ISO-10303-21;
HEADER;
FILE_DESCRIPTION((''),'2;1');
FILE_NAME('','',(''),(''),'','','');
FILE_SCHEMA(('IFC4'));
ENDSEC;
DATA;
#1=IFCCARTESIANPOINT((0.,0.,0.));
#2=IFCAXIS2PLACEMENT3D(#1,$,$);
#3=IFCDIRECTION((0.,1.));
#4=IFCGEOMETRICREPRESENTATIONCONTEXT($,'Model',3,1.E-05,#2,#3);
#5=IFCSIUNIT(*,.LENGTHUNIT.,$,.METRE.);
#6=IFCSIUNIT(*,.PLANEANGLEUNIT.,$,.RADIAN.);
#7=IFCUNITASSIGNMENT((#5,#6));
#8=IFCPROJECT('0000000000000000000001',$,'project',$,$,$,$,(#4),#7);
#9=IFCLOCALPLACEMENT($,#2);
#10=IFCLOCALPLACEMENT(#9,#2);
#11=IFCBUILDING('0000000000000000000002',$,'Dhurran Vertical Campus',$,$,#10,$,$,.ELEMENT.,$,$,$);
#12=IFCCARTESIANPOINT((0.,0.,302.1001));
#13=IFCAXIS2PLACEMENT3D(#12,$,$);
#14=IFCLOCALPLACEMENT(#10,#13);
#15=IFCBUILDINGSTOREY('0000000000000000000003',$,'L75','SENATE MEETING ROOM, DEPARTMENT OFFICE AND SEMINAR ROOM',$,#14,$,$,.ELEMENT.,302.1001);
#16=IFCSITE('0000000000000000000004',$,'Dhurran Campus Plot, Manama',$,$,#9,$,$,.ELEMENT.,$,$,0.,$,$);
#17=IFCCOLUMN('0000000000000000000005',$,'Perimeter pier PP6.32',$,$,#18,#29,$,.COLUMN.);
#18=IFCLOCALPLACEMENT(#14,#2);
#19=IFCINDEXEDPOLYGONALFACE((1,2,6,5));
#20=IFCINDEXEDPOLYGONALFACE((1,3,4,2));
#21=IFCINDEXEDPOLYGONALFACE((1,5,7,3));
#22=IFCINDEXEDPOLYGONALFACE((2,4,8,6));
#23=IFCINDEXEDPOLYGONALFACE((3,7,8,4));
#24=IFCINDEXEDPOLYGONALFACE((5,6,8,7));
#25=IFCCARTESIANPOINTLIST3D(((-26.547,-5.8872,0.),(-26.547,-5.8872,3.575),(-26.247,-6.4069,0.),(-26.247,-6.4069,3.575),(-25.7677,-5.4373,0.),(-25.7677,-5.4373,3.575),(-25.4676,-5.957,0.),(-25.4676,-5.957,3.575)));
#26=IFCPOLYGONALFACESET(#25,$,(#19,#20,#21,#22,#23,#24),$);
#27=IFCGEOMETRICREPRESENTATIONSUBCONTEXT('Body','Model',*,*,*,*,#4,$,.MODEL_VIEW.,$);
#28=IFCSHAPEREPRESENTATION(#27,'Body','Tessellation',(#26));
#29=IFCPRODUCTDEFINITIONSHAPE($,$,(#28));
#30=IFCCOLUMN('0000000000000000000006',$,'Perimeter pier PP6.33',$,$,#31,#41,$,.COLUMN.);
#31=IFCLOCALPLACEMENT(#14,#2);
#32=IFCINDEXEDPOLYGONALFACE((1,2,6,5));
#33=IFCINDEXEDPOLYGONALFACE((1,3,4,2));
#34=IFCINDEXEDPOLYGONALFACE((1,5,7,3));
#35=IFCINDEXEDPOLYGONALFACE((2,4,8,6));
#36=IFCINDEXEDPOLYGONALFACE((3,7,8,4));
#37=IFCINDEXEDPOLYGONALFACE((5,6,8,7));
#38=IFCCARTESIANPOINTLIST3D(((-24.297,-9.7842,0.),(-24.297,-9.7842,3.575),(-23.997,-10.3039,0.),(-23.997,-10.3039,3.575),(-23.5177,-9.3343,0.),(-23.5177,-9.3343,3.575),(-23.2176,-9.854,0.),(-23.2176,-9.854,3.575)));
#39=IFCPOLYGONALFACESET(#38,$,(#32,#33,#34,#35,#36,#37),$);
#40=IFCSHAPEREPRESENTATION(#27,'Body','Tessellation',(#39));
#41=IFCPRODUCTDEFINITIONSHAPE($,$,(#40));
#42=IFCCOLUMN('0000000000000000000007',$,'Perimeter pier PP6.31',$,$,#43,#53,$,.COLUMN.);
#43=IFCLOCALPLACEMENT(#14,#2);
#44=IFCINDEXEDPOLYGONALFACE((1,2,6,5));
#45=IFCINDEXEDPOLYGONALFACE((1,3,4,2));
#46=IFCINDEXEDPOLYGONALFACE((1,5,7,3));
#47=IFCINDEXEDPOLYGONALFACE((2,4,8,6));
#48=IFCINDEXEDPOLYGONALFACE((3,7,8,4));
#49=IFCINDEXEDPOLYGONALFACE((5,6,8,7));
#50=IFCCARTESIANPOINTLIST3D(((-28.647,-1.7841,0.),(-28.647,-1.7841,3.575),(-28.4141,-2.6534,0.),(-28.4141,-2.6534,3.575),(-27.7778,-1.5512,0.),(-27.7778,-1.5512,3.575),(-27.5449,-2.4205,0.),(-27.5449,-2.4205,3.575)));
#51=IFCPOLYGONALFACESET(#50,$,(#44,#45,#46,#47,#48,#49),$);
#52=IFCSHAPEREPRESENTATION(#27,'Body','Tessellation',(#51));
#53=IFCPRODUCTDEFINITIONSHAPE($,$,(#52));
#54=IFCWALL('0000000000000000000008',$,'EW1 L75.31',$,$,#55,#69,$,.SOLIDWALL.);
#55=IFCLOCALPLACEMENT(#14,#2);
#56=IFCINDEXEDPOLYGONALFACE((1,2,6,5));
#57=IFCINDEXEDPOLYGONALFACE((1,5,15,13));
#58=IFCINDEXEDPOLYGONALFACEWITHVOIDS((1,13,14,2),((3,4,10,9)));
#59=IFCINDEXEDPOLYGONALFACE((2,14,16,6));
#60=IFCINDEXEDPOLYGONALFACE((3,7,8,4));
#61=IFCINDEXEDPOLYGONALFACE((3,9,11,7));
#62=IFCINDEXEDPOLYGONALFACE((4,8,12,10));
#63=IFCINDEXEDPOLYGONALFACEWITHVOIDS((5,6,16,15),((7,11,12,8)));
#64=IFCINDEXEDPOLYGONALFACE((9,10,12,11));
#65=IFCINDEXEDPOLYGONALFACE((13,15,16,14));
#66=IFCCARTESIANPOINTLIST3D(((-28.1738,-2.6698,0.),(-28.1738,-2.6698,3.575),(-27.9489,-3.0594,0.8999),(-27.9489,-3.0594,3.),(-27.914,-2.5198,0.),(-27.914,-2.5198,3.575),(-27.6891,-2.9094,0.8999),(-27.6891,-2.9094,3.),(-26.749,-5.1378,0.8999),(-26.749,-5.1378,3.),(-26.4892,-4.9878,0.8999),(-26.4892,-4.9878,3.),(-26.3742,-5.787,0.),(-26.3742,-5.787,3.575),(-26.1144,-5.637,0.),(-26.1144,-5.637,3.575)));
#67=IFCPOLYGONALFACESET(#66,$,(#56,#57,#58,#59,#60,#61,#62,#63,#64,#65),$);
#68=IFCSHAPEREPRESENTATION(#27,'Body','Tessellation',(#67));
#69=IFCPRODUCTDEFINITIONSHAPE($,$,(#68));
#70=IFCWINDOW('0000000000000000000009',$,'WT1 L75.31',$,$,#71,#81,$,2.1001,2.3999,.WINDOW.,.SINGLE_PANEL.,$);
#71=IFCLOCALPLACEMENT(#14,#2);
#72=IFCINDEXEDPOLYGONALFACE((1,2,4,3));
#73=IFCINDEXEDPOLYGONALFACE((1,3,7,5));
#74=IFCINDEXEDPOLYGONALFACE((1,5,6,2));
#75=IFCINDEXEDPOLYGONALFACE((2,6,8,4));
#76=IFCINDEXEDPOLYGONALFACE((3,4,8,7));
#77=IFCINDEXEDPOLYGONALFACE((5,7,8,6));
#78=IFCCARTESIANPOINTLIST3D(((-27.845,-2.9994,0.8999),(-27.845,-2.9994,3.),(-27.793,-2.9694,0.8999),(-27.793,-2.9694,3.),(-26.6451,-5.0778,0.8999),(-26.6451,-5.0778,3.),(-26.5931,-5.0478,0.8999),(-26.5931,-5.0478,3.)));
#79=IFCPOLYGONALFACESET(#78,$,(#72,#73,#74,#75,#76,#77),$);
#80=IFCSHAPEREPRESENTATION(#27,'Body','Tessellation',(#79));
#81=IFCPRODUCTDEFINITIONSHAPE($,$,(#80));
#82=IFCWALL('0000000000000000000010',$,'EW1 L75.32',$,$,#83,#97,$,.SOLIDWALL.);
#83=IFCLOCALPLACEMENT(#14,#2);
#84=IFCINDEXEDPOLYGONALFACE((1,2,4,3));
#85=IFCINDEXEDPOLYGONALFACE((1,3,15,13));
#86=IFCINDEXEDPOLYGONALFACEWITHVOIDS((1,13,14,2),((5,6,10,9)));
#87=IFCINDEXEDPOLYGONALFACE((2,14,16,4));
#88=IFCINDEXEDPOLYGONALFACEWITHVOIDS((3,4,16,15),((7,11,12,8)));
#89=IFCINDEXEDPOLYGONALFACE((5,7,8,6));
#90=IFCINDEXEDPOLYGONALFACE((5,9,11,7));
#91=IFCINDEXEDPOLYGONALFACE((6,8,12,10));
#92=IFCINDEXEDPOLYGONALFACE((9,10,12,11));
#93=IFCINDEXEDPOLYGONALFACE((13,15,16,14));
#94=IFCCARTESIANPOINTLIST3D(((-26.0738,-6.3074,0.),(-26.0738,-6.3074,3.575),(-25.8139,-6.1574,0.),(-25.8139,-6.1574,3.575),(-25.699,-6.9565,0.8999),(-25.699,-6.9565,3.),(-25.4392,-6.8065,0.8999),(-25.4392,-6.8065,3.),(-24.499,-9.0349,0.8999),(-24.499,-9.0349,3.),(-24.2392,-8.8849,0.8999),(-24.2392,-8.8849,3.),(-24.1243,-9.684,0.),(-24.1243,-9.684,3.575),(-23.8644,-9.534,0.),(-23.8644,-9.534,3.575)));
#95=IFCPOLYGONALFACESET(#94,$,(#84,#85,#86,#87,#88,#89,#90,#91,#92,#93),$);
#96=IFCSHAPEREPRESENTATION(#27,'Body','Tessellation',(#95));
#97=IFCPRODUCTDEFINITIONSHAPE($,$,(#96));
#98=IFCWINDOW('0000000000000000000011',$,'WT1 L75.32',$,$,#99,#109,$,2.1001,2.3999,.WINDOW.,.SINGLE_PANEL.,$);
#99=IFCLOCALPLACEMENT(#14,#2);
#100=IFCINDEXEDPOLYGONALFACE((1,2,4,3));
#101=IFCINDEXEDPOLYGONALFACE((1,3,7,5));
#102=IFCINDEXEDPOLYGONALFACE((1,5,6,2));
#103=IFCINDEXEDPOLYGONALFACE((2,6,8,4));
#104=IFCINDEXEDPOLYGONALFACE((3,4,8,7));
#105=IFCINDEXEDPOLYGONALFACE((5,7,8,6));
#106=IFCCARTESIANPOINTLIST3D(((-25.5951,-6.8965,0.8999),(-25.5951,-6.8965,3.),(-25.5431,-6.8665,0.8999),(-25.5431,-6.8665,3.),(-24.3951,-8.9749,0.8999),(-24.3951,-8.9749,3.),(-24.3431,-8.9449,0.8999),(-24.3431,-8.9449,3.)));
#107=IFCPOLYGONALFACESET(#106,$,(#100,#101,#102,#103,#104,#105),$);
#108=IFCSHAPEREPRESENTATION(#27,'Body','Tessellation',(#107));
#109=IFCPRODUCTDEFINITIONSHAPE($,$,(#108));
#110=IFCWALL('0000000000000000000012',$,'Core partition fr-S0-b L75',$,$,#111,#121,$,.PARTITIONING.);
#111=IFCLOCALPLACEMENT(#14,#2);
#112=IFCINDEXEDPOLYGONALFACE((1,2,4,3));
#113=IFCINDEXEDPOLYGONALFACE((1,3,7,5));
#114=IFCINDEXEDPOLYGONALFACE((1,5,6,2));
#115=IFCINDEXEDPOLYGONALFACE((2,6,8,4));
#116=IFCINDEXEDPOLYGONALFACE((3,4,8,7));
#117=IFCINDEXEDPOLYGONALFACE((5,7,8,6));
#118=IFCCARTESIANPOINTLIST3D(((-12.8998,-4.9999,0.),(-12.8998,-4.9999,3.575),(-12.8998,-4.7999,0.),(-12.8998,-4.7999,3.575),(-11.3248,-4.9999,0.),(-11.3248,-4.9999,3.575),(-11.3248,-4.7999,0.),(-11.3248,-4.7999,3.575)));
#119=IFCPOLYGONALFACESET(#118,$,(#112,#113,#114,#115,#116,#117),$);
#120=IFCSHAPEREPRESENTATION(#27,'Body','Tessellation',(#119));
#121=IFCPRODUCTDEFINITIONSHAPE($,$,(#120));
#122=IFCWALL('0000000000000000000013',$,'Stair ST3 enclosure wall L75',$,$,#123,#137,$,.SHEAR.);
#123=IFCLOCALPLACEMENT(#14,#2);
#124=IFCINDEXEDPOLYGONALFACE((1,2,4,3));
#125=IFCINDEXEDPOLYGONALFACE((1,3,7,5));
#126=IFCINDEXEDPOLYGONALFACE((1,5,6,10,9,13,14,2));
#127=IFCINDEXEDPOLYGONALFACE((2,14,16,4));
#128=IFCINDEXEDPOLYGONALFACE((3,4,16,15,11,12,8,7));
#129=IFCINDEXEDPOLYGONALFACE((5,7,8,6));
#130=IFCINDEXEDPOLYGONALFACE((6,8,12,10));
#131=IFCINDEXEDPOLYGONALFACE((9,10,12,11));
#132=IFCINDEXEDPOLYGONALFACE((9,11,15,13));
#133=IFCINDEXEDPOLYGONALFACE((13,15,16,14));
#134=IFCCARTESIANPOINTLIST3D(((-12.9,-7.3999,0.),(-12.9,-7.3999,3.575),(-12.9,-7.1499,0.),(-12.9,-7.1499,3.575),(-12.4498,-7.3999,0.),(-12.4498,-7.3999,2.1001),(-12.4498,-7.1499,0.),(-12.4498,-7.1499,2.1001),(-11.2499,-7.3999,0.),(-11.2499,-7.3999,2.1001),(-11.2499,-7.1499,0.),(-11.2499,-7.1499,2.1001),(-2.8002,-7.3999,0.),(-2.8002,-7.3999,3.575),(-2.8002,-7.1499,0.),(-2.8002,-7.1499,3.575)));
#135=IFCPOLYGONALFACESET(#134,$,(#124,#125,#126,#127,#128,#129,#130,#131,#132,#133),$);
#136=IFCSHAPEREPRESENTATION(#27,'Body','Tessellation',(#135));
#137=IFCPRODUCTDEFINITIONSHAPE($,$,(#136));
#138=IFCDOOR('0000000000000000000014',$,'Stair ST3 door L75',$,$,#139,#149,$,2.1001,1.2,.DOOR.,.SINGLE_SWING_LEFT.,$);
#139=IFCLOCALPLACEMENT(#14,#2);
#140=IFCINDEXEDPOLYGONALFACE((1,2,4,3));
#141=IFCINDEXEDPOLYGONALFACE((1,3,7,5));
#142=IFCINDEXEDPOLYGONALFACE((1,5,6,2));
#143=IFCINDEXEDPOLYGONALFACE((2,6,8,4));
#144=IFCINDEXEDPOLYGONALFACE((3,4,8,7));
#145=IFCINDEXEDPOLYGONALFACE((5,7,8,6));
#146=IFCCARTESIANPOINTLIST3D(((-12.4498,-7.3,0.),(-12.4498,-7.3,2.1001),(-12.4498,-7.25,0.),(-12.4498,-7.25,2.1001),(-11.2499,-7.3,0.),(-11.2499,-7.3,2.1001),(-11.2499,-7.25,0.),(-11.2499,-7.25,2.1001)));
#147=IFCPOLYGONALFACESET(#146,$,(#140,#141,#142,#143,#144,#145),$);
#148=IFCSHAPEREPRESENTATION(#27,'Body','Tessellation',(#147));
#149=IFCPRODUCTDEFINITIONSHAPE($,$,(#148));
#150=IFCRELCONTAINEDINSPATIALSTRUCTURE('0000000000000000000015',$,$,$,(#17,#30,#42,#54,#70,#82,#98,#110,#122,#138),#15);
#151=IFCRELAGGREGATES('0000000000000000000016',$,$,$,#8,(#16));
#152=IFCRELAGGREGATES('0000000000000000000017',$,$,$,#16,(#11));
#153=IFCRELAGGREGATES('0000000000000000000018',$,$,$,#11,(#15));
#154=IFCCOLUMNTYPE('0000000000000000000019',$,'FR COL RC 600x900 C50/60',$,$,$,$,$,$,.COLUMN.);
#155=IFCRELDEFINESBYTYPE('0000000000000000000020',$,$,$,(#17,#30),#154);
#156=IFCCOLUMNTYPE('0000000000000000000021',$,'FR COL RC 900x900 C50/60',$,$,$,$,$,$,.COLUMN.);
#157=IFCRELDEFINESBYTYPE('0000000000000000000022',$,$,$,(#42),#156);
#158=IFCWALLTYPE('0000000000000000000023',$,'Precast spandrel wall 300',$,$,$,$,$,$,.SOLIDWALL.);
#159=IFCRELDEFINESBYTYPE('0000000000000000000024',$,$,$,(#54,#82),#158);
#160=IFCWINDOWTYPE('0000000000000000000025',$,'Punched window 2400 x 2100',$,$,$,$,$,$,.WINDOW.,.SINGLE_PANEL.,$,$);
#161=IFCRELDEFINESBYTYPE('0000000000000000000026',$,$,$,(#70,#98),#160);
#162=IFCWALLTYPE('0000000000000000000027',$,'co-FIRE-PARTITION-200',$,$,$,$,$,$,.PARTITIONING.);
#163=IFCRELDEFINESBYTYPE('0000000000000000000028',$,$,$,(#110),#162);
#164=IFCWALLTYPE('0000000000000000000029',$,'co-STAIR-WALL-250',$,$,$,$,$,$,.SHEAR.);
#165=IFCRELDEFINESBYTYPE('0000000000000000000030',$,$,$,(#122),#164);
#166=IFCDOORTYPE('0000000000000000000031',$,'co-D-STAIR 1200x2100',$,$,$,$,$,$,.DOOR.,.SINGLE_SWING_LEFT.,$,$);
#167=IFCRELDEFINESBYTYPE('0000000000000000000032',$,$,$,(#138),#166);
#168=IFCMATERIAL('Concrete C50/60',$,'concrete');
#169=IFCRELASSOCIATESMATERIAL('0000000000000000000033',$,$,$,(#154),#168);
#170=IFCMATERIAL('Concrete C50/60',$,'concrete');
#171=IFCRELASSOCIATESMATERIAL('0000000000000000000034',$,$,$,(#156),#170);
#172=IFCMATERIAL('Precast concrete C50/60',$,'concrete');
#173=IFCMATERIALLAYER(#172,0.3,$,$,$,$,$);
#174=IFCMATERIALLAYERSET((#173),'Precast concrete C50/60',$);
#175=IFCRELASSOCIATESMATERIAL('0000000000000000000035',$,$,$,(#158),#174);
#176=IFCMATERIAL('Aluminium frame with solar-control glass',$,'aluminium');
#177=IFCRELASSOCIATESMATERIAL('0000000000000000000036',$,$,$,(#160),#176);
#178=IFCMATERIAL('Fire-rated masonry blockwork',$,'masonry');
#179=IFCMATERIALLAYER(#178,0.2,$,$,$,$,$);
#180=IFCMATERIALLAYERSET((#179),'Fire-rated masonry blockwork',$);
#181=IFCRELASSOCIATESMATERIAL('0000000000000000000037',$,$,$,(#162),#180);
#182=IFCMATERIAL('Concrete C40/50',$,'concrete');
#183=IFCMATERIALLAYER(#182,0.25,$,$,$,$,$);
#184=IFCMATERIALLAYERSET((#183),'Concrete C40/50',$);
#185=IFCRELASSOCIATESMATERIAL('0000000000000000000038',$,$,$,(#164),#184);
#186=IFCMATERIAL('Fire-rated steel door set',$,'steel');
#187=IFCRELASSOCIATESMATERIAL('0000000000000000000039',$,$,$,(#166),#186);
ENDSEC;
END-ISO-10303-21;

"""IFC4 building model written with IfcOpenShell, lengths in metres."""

from ifc_helpers import new_model, si_unit, direction, frame, frame_2d, origin, origin_2d, place, context, subcontext, project, spatial, rectangle, extrude, material, layer, layer_set, material_profile, profile_set, type_object, element, fill, save


model = new_model("IFC4")

# Units and contexts
model_context = context("Model", 3, precision=1e-05, world=origin(), true_north=direction((0.0, 1.0)))
body_context = subcontext(model_context, "Body", "Model", "MODEL_VIEW")
ifc_project = project(units=[si_unit("LENGTHUNIT", "METRE"), si_unit("PLANEANGLEUNIT", "RADIAN")], contexts=[model_context])

# Site, building, storey
site_placement = place(None, origin())
site = spatial("IfcSite", under=ifc_project, at=site_placement, Name="Dhurran Campus Plot, Manama", CompositionType="ELEMENT", RefElevation=0.0)
building_placement = place(site_placement, origin())
building = spatial("IfcBuilding", under=site, at=building_placement, Name="Dhurran Vertical Campus", CompositionType="ELEMENT")
storey_placement = place(building_placement, frame((0.0, 0.0, 302.1001)))
storey = spatial("IfcBuildingStorey", under=building, at=storey_placement, Name="L75", Description="SENATE MEETING ROOM, DEPARTMENT OFFICE AND SEMINAR ROOM", CompositionType="ELEMENT", Elevation=302.1001)

# Columns
ifc_material_1 = material(Name="Concrete C50/60", Category="concrete")
ifc_material_profile_1 = material_profile(ifc_material_1, rectangle(XDim=0.6001, YDim=0.8999, at=origin_2d()), Name="RC 600x900")
ifc_profile_set_1 = profile_set([ifc_material_profile_1], Name="Concrete C50/60")
column_type_1 = type_object("IfcColumnType", Name="FR COL RC 600x900 C50/60", PredefinedType="COLUMN", material=ifc_profile_set_1)
for number, where, z_axis, x_axis, name in (
    (1, (-26.0073, -5.9221, 0.0), (0.0, 0.0, 1.0), (0.5, -0.866025, 0.0), "Perimeter pier PP6.32"),
    (2, (-23.7573, -9.8191, 0.0), (0.0, 0.0, 1.0), (0.5, -0.866025, 0.0), "Perimeter pier PP6.33"),
):
    element("IfcColumn", number, at=place(storey_placement, frame(where, z_axis=z_axis, x_axis=x_axis)), inside=storey, type_object=column_type_1, Name=name, PredefinedType="COLUMN", context=body_context, shape_type="SweptSolid", body=[
        extrude(rectangle(XDim=0.6001, YDim=0.8999, at=origin_2d()), origin(), (0.0, 0.0, 1.0), 3.575),
    ])
ifc_material_2 = material(Name="Concrete C50/60", Category="concrete")
ifc_material_profile_2 = material_profile(ifc_material_2, rectangle(XDim=0.8999, YDim=0.8999, at=origin_2d()), Name="RC 900x900")
ifc_profile_set_2 = profile_set([ifc_material_profile_2], Name="Concrete C50/60")
column_type_2 = type_object("IfcColumnType", Name="FR COL RC 900x900 C50/60", PredefinedType="COLUMN", material=ifc_profile_set_2)
column_placement = place(storey_placement, frame((-28.0959, -2.1023, 0.0), z_axis=(0.0, 0.0, 1.0), x_axis=(0.258819, -0.965926, 0.0)))
element("IfcColumn", 3, at=column_placement, inside=storey, type_object=column_type_2, Name="Perimeter pier PP6.31", PredefinedType="COLUMN", context=body_context, shape_type="SweptSolid", body=[
    extrude(rectangle(XDim=0.8999, YDim=0.8999, at=origin_2d()), origin(), (0.0, 0.0, 1.0), 3.575),
])

# Walls, openings, windows
ifc_material_3 = material(Name="Precast concrete C50/60", Category="concrete")
ifc_layer_1 = layer(ifc_material_3, 0.3)
ifc_layer_set_1 = layer_set([ifc_layer_1], Name="Precast concrete C50/60")
wall_type_1 = type_object("IfcWallType", Name="Precast spandrel wall 300", PredefinedType="SOLIDWALL", material=ifc_layer_set_1)
wall_1_placement = place(storey_placement, frame((-28.0439, -2.5947, 0.0), z_axis=(0.0, 0.0, 1.0), x_axis=(0.499969, -0.866043, 0.0)))
wall_1 = element("IfcWall", 4, at=wall_1_placement, inside=storey, type_object=wall_type_1, Name="EW1 L75.31", PredefinedType="SOLIDWALL", context=body_context, shape_type="SweptSolid", body=[
    extrude(rectangle(XDim=3.5994, YDim=0.3, at=frame_2d((1.7998, 0.0))), origin(), (0.0, 0.0, 1.0), 3.575),
])
opening_1_placement = place(wall_1_placement, frame((0.45, 0.0, 0.8999)))
opening_1 = element("IfcOpeningElement", 5, at=opening_1_placement, cuts=wall_1, PredefinedType="OPENING", context=body_context, shape_type="SweptSolid", body=[
    extrude(rectangle(XDim=2.3999, YDim=2.1001, at=frame_2d((1.2, 1.05))), frame((0.0, 0.1599, 0.0), z_axis=(0.0, -1.0, 0.0), x_axis=(1.0, 0.0, 0.0)), (0.0, 0.0, 1.0), 0.3201),
])
ifc_material_4 = material(Name="Aluminium frame with solar-control glass", Category="aluminium")
window_type = type_object("IfcWindowType", Name="Punched window 2400 x 2100", PartitioningType="SINGLE_PANEL", PredefinedType="WINDOW", material=ifc_material_4)
window_1_placement = place(opening_1_placement, origin())
window_1 = element("IfcWindow", 6, at=window_1_placement, inside=storey, type_object=window_type, Name="WT1 L75.31", OverallHeight=2.1001, OverallWidth=2.3999, PartitioningType="SINGLE_PANEL", PredefinedType="WINDOW", context=body_context, shape_type="SweptSolid", body=[
    extrude(rectangle(XDim=2.3999, YDim=2.1001, at=frame_2d((1.2, 1.05))), frame((0.0, 0.03, 0.0), z_axis=(0.0, -1.0, 0.0), x_axis=(1.0, 0.0, 0.0)), (0.0, 0.0, 1.0), 0.0601),
])
fill(opening_1, window_1)
wall_2_placement = place(storey_placement, frame((-25.9438, -6.2324, 0.0), z_axis=(0.0, 0.0, 1.0), x_axis=(0.500012, -0.866019, 0.0)))
wall_2 = element("IfcWall", 7, at=wall_2_placement, inside=storey, type_object=wall_type_1, Name="EW1 L75.32", PredefinedType="SOLIDWALL", context=body_context, shape_type="SweptSolid", body=[
    extrude(rectangle(XDim=3.8989, YDim=0.3, at=frame_2d((1.9495, 0.0))), origin(), (0.0, 0.0, 1.0), 3.575),
])
opening_2_placement = place(wall_2_placement, frame((0.7495, 0.0, 0.8999)))
opening_2 = element("IfcOpeningElement", 8, at=opening_2_placement, cuts=wall_2, PredefinedType="OPENING", context=body_context, shape_type="SweptSolid", body=[
    extrude(rectangle(XDim=2.3999, YDim=2.1001, at=frame_2d((1.2, 1.05))), frame((0.0, 0.1599, 0.0), z_axis=(0.0, -1.0, 0.0), x_axis=(1.0, 0.0, 0.0)), (0.0, 0.0, 1.0), 0.3201),
])
window_2_placement = place(opening_2_placement, origin())
window_2 = element("IfcWindow", 9, at=window_2_placement, inside=storey, type_object=window_type, Name="WT1 L75.32", OverallHeight=2.1001, OverallWidth=2.3999, PartitioningType="SINGLE_PANEL", PredefinedType="WINDOW", context=body_context, shape_type="SweptSolid", body=[
    extrude(rectangle(XDim=2.3999, YDim=2.1001, at=frame_2d((1.2, 1.05))), frame((0.0, 0.03, 0.0), z_axis=(0.0, -1.0, 0.0), x_axis=(1.0, 0.0, 0.0)), (0.0, 0.0, 1.0), 0.0601),
])
fill(opening_2, window_2)

# Wall
ifc_material_5 = material(Name="Fire-rated masonry blockwork", Category="masonry")
ifc_layer_2 = layer(ifc_material_5, 0.2)
ifc_layer_set_2 = layer_set([ifc_layer_2], Name="Fire-rated masonry blockwork")
wall_type_2 = type_object("IfcWallType", Name="co-FIRE-PARTITION-200", PredefinedType="PARTITIONING", material=ifc_layer_set_2)
wall_3_placement = place(storey_placement, frame((-12.8999, -4.8999, 0.0), z_axis=(0.0, 0.0, 1.0), x_axis=(1.0, 0.0, 0.0)))
element("IfcWall", 10, at=wall_3_placement, inside=storey, type_object=wall_type_2, Name="Core partition fr-S0-b L75", PredefinedType="PARTITIONING", context=body_context, shape_type="SweptSolid", body=[
    extrude(rectangle(XDim=1.575, YDim=0.2, at=frame_2d((0.7876, 0.0))), origin(), (0.0, 0.0, 1.0), 3.575),
])

# Wall, opening, door
ifc_material_6 = material(Name="Concrete C40/50", Category="concrete")
ifc_layer_3 = layer(ifc_material_6, 0.25)
ifc_layer_set_3 = layer_set([ifc_layer_3], Name="Concrete C40/50")
wall_type_3 = type_object("IfcWallType", Name="co-STAIR-WALL-250", PredefinedType="SHEAR", material=ifc_layer_set_3)
wall_4_placement = place(storey_placement, frame((-12.8999, -7.2749, 0.0), z_axis=(0.0, 0.0, 1.0), x_axis=(1.0, 0.0, 0.0)))
wall_4 = element("IfcWall", 11, at=wall_4_placement, inside=storey, type_object=wall_type_3, Name="Stair ST3 enclosure wall L75", PredefinedType="SHEAR", context=body_context, shape_type="SweptSolid", body=[
    extrude(rectangle(XDim=10.0999, YDim=0.25, at=frame_2d((5.0498, 0.0))), origin(), (0.0, 0.0, 1.0), 3.575),
])
opening_3_placement = place(wall_4_placement, frame((0.45, 0.0, 0.0)))
opening_3 = element("IfcOpeningElement", 12, at=opening_3_placement, cuts=wall_4, PredefinedType="OPENING", context=body_context, shape_type="SweptSolid", body=[
    extrude(rectangle(XDim=1.2, YDim=2.1001, at=frame_2d((0.6001, 1.05))), frame((0.0, 0.135, 0.0), z_axis=(0.0, -1.0, 0.0), x_axis=(1.0, 0.0, 0.0)), (0.0, 0.0, 1.0), 0.27),
])
ifc_material_7 = material(Name="Fire-rated steel door set", Category="steel")
door_type_1 = type_object("IfcDoorType", Name="co-D-STAIR 1200x2100", OperationType="SINGLE_SWING_LEFT", PredefinedType="DOOR", material=ifc_material_7)
door_1_placement = place(opening_3_placement, origin())
door_1 = element("IfcDoor", 13, at=door_1_placement, inside=storey, type_object=door_type_1, Name="Stair ST3 door L75", OperationType="SINGLE_SWING_LEFT", OverallHeight=2.1001, OverallWidth=1.2, PredefinedType="DOOR", context=body_context, shape_type="SweptSolid", body=[
    extrude(rectangle(XDim=1.2, YDim=2.1001, at=frame_2d((0.6001, 1.05))), frame((0.0, 0.0249, 0.0), z_axis=(0.0, -1.0, 0.0), x_axis=(1.0, 0.0, 0.0)), (0.0, 0.0, 1.0), 0.05),
])
fill(opening_3, door_1)

save(model, "model.ifc")
